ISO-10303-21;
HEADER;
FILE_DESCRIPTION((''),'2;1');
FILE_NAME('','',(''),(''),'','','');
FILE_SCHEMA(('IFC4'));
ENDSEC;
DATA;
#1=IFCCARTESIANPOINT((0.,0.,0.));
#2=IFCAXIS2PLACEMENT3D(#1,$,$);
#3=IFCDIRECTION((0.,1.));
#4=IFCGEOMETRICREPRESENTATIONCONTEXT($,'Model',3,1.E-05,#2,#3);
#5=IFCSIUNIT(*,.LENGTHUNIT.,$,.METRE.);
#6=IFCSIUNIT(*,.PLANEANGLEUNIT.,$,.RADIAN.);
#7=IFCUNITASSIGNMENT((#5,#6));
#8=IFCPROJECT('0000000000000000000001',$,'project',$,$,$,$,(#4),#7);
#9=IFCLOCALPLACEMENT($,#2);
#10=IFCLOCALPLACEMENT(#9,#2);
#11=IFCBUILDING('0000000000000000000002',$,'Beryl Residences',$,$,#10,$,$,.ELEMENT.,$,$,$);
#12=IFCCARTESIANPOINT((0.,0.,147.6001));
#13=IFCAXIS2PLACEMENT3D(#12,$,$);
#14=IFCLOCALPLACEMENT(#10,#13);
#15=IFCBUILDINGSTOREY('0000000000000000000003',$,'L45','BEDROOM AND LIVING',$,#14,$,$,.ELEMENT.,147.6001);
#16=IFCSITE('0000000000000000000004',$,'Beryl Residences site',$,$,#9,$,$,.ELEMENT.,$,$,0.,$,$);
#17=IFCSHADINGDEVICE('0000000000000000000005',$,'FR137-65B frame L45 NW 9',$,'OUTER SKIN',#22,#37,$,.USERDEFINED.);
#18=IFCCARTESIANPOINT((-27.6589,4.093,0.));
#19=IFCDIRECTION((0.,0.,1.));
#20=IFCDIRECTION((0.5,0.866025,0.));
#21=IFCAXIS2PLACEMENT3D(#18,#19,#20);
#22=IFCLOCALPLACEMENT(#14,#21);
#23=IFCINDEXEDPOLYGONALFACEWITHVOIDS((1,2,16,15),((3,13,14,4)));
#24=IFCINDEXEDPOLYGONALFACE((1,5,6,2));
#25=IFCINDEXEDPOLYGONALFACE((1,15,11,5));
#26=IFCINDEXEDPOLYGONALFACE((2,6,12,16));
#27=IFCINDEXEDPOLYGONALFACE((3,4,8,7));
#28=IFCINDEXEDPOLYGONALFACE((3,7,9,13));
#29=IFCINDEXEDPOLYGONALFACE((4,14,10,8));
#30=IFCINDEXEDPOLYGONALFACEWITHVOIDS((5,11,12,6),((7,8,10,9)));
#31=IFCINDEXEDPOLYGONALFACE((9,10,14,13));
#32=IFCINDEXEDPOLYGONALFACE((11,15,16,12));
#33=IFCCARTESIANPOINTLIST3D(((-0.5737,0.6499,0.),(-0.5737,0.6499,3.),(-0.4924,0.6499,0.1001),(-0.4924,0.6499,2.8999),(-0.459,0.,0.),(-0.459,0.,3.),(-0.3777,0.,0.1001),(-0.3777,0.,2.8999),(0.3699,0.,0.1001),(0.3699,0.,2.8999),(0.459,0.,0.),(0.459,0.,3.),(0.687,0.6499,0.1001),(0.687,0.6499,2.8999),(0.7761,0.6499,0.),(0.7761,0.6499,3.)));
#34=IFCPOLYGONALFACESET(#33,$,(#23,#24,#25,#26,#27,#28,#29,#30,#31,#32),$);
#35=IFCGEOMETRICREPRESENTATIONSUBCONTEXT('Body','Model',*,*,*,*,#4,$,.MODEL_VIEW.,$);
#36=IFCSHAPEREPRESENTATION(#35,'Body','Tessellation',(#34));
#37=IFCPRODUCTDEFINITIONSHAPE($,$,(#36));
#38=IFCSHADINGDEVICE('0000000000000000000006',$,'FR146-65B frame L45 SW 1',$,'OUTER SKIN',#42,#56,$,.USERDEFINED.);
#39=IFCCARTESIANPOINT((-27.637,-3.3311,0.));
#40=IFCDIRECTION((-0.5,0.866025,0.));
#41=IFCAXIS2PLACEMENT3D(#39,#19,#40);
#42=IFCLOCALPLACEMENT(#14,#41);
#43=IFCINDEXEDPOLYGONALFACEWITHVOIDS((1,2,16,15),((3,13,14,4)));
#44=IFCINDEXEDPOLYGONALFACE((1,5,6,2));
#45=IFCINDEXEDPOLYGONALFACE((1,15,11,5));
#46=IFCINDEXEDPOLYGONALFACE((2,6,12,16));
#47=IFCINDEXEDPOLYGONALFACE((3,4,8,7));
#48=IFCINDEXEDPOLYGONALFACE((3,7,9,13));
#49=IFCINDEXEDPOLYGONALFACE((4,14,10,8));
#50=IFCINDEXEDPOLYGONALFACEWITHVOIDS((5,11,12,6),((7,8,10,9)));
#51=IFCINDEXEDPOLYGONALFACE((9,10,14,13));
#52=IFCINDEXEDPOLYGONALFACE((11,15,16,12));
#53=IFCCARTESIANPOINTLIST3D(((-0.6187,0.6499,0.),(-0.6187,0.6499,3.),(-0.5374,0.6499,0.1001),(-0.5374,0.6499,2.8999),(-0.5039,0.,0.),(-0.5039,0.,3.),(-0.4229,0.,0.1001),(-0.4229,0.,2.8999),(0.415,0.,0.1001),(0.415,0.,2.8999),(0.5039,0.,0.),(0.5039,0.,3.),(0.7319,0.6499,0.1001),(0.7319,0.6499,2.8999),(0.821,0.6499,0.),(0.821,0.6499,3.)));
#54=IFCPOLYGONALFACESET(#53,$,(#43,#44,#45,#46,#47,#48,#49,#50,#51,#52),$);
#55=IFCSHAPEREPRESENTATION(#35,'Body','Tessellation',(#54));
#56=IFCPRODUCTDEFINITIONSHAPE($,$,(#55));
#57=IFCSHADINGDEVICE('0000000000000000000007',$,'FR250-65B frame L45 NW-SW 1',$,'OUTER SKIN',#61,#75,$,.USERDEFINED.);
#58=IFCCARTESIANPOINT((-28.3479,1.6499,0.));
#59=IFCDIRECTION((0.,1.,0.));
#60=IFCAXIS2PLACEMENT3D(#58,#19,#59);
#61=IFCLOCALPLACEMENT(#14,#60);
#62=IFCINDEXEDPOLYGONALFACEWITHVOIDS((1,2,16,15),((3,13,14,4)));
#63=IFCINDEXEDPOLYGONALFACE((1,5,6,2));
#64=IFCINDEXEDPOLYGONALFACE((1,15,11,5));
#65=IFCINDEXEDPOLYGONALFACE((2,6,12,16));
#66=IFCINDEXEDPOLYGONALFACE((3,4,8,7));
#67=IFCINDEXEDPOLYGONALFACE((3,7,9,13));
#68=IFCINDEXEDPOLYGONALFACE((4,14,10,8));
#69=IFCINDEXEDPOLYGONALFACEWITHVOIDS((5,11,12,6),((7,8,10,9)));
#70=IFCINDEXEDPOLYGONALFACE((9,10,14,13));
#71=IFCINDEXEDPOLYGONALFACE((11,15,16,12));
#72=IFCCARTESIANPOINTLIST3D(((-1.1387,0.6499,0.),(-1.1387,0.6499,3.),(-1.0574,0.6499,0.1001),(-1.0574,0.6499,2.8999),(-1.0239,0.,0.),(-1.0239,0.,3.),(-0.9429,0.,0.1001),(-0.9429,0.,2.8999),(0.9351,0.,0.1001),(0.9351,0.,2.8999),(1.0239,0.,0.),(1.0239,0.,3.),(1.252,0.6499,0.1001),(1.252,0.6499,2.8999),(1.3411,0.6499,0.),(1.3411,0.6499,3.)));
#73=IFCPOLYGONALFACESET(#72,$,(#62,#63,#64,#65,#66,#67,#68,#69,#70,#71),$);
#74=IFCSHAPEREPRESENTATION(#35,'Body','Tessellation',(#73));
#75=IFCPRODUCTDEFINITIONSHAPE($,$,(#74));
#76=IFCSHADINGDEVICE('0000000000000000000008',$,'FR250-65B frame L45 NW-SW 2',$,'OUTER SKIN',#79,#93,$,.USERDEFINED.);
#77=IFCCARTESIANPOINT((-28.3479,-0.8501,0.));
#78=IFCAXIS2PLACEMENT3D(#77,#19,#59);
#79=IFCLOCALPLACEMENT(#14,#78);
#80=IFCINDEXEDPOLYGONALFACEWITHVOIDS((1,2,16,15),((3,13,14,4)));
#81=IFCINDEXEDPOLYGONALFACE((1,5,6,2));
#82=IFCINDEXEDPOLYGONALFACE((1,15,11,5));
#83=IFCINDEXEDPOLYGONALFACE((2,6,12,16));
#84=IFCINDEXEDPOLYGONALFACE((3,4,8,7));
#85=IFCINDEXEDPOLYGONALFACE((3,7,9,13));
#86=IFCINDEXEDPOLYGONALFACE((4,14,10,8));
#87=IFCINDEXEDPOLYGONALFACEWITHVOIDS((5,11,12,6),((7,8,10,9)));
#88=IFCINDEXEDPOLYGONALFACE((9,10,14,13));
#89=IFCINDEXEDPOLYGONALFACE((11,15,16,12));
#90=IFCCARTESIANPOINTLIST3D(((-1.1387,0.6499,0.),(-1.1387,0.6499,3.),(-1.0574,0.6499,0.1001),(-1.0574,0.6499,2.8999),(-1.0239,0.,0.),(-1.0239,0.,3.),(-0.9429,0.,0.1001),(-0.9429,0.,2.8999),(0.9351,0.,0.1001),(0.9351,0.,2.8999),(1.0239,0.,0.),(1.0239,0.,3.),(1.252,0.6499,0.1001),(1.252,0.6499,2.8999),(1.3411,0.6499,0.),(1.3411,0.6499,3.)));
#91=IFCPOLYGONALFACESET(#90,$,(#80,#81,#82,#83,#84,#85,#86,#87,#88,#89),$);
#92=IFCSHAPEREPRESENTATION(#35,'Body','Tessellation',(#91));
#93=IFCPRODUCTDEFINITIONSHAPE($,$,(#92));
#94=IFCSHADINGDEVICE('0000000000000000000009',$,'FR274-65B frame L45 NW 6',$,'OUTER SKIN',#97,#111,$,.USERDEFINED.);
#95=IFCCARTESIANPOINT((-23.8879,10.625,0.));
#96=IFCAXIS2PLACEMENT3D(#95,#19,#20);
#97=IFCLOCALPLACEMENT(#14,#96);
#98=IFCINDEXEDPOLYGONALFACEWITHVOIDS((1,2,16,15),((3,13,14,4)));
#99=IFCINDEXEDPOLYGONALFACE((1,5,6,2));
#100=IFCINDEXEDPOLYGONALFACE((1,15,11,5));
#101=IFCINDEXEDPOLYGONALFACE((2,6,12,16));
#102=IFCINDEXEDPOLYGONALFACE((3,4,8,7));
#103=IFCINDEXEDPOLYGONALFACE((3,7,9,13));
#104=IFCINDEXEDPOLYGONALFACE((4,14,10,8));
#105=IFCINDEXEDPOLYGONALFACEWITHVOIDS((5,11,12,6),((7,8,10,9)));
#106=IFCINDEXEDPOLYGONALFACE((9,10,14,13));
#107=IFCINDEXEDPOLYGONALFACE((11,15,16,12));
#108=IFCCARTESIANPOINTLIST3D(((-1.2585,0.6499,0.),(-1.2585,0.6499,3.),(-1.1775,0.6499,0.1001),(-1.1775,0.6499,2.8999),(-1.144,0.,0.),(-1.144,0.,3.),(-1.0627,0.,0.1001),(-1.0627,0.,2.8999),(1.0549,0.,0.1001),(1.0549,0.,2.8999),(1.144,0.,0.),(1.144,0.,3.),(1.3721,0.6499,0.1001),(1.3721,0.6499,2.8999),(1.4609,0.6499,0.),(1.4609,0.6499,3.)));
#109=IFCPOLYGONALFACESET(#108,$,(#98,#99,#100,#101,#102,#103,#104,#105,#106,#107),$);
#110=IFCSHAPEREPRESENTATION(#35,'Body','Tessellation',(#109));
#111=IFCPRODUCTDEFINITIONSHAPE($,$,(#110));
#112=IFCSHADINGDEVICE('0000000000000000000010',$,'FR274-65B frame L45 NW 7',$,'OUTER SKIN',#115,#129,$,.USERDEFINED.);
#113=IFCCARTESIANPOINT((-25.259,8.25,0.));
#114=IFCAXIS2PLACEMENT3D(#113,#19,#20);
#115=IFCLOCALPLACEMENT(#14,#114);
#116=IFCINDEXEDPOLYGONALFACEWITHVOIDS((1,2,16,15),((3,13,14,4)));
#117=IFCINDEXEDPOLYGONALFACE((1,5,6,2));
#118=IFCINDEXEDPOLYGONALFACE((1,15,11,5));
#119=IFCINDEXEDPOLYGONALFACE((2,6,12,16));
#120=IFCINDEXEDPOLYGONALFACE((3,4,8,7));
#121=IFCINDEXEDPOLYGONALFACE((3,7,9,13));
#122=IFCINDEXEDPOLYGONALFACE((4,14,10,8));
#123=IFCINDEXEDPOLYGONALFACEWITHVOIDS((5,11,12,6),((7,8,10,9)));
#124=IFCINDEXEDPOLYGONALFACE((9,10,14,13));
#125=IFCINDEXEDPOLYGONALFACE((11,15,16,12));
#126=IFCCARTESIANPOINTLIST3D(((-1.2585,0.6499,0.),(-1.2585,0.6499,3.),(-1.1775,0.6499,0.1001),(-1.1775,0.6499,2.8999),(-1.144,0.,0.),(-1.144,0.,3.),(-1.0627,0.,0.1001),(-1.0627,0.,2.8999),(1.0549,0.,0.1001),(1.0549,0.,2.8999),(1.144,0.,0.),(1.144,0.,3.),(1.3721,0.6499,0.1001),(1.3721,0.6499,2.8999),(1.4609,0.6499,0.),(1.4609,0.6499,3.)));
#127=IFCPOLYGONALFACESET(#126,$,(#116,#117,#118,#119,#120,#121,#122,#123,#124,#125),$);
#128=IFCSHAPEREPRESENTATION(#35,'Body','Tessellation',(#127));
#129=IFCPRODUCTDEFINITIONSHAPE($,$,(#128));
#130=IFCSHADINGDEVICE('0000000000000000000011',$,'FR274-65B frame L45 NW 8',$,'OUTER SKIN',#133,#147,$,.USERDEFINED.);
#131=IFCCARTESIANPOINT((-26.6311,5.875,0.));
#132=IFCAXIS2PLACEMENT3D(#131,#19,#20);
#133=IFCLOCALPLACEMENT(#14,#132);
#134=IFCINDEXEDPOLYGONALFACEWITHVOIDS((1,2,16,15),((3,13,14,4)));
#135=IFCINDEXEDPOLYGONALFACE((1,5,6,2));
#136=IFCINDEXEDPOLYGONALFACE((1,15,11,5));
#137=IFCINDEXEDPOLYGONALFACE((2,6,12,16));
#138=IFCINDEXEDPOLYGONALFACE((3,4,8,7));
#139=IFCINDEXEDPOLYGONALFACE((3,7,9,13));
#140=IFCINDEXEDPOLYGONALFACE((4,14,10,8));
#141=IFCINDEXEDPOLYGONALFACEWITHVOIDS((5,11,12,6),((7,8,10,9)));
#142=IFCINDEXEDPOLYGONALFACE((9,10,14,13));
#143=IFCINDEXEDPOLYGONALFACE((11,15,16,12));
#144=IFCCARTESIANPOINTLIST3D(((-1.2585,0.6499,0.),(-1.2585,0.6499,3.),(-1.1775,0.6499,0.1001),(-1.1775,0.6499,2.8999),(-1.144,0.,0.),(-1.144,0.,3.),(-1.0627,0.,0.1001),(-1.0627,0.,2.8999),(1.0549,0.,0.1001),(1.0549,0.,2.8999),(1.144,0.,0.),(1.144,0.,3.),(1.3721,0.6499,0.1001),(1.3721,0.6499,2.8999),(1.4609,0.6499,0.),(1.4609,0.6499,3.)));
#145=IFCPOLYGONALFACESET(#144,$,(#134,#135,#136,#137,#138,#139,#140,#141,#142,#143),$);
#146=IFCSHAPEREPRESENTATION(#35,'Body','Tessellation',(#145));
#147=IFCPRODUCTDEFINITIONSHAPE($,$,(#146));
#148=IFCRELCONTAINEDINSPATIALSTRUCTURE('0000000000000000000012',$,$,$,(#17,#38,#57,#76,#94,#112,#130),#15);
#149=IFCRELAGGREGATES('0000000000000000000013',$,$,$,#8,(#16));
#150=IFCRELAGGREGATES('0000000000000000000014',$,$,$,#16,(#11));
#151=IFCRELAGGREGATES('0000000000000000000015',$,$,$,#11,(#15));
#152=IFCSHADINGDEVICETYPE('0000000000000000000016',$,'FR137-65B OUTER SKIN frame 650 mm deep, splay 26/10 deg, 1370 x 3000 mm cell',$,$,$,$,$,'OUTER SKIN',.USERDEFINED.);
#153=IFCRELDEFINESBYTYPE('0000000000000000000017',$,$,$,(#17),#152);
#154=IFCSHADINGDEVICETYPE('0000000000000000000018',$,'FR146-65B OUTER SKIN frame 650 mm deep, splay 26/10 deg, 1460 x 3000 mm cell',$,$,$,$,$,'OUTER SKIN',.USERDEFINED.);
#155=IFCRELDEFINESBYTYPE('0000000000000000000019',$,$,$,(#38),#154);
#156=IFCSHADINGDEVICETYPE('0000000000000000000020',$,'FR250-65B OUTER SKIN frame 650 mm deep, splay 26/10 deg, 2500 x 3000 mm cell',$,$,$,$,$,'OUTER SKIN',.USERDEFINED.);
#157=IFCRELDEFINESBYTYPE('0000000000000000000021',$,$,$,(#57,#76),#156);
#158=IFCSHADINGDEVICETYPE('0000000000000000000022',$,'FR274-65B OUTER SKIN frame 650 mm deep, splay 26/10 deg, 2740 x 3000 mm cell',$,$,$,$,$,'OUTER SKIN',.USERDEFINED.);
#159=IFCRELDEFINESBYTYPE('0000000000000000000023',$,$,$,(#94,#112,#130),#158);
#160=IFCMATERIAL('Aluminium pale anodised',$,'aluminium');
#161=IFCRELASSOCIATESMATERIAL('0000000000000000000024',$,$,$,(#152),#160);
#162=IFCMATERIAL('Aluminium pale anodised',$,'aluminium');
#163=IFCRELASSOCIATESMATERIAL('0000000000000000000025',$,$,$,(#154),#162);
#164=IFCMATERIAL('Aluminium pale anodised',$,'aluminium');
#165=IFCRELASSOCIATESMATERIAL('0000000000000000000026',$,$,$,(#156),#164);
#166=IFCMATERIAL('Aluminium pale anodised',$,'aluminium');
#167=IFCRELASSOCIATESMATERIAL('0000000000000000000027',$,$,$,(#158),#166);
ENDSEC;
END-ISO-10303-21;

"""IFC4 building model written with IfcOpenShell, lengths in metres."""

from ifc_helpers import new_model, entity, si_unit, direction, frame, origin, place, context, subcontext, project, spatial, source, transform, mapped, material, type_object, type_shapes, element, save


model = new_model("IFC4")

# Units and contexts
model_context = context("Model", 3, precision=1e-05, world=origin(), true_north=direction((0.0, 1.0)))
body_context = subcontext(model_context, "Body", "Model", "MODEL_VIEW")
ifc_project = project(units=[si_unit("LENGTHUNIT", "METRE"), si_unit("PLANEANGLEUNIT", "RADIAN")], contexts=[model_context])

# Site, building, storey
site_placement = place(None, origin())
site = spatial("IfcSite", under=ifc_project, at=site_placement, Name="Beryl Residences site", CompositionType="ELEMENT", RefElevation=0.0)
building_placement = place(site_placement, origin())
building = spatial("IfcBuilding", under=site, at=building_placement, Name="Beryl Residences", CompositionType="ELEMENT")
storey_placement = place(building_placement, frame((0.0, 0.0, 147.6001)))
storey = spatial("IfcBuildingStorey", under=building, at=storey_placement, Name="L45", Description="BEDROOM AND LIVING", CompositionType="ELEMENT", Elevation=147.6001)

# Shading devices
ifc_material_1 = material(Name="Aluminium pale anodised", Category="aluminium")
shading_device_type_1 = type_object("IfcShadingDeviceType", Name="FR137-65B OUTER SKIN frame 650 mm deep, splay 26/10 deg, 1370 x 3000 mm cell", ElementType="OUTER SKIN", PredefinedType="USERDEFINED", material=ifc_material_1)
cartesian_point_1 = entity("IfcCartesianPoint", [-0.459, 0.0])
cartesian_point_2 = entity("IfcCartesianPoint", [-0.3699, 0.1001])
cartesian_point_3 = entity("IfcCartesianPoint", [-0.7761, 0.0])
cartesian_point_4 = entity("IfcCartesianPoint", [-0.687, 0.1001])
shared_shape_1 = source(origin(), body_context, "Body", "SweptSolid", [
    entity("IfcExtrudedAreaSolidTapered", entity("IfcArbitraryProfileDefWithVoids", "AREA", None, entity("IfcPolyline", [cartesian_point_1, entity("IfcCartesianPoint", [0.459, 0.0]), entity("IfcCartesianPoint", [0.459, 3.0]), entity("IfcCartesianPoint", [-0.459, 3.0]), cartesian_point_1]), [entity("IfcPolyline", [cartesian_point_2, entity("IfcCartesianPoint", [0.3777, 0.1001]), entity("IfcCartesianPoint", [0.3777, 2.8999]), entity("IfcCartesianPoint", [-0.3699, 2.8999]), cartesian_point_2])]), entity("IfcAxis2Placement3D", entity("IfcCartesianPoint", [0.0, 0.0, 0.0]), entity("IfcDirection", [0.0, 1.0, 0.0]), entity("IfcDirection", [-1.0, 0.0, 0.0])), entity("IfcDirection", [0.0, 0.0, 1.0]), 0.6499, entity("IfcArbitraryProfileDefWithVoids", "AREA", None, entity("IfcPolyline", [cartesian_point_3, entity("IfcCartesianPoint", [0.5737, 0.0]), entity("IfcCartesianPoint", [0.5737, 3.0]), entity("IfcCartesianPoint", [-0.7761, 3.0]), cartesian_point_3]), [entity("IfcPolyline", [cartesian_point_4, entity("IfcCartesianPoint", [0.4924, 0.1001]), entity("IfcCartesianPoint", [0.4924, 2.8999]), entity("IfcCartesianPoint", [-0.687, 2.8999]), cartesian_point_4])])),
])
type_shapes(shading_device_type_1, [shared_shape_1])
shading_device_1_placement = place(storey_placement, frame((-27.6589, 4.093, 0.0), z_axis=(0.0, 0.0, 1.0), x_axis=(0.5, 0.866025, 0.0)))
element("IfcShadingDevice", 1, at=shading_device_1_placement, inside=storey, type_object=shading_device_type_1, Name="FR137-65B frame L45 NW 9", ObjectType="OUTER SKIN", PredefinedType="USERDEFINED", context=body_context, shape_type="MappedRepresentation", body=[
    mapped(shared_shape_1, transform((0.0, 0.0, 0.0))),
])
ifc_material_2 = material(Name="Aluminium pale anodised", Category="aluminium")
shading_device_type_2 = type_object("IfcShadingDeviceType", Name="FR146-65B OUTER SKIN frame 650 mm deep, splay 26/10 deg, 1460 x 3000 mm cell", ElementType="OUTER SKIN", PredefinedType="USERDEFINED", material=ifc_material_2)
cartesian_point_5 = entity("IfcCartesianPoint", [-0.5039, 0.0])
cartesian_point_6 = entity("IfcCartesianPoint", [-0.415, 0.1001])
cartesian_point_7 = entity("IfcCartesianPoint", [-0.821, 0.0])
cartesian_point_8 = entity("IfcCartesianPoint", [-0.7319, 0.1001])
shared_shape_2 = source(origin(), body_context, "Body", "SweptSolid", [
    entity("IfcExtrudedAreaSolidTapered", entity("IfcArbitraryProfileDefWithVoids", "AREA", None, entity("IfcPolyline", [cartesian_point_5, entity("IfcCartesianPoint", [0.5039, 0.0]), entity("IfcCartesianPoint", [0.5039, 3.0]), entity("IfcCartesianPoint", [-0.5039, 3.0]), cartesian_point_5]), [entity("IfcPolyline", [cartesian_point_6, entity("IfcCartesianPoint", [0.4229, 0.1001]), entity("IfcCartesianPoint", [0.4229, 2.8999]), entity("IfcCartesianPoint", [-0.415, 2.8999]), cartesian_point_6])]), entity("IfcAxis2Placement3D", entity("IfcCartesianPoint", [0.0, 0.0, 0.0]), entity("IfcDirection", [0.0, 1.0, 0.0]), entity("IfcDirection", [-1.0, 0.0, 0.0])), entity("IfcDirection", [0.0, 0.0, 1.0]), 0.6499, entity("IfcArbitraryProfileDefWithVoids", "AREA", None, entity("IfcPolyline", [cartesian_point_7, entity("IfcCartesianPoint", [0.6187, 0.0]), entity("IfcCartesianPoint", [0.6187, 3.0]), entity("IfcCartesianPoint", [-0.821, 3.0]), cartesian_point_7]), [entity("IfcPolyline", [cartesian_point_8, entity("IfcCartesianPoint", [0.5374, 0.1001]), entity("IfcCartesianPoint", [0.5374, 2.8999]), entity("IfcCartesianPoint", [-0.7319, 2.8999]), cartesian_point_8])])),
])
type_shapes(shading_device_type_2, [shared_shape_2])
shading_device_2_placement = place(storey_placement, frame((-27.637, -3.3311, 0.0), z_axis=(0.0, 0.0, 1.0), x_axis=(-0.5, 0.866025, 0.0)))
element("IfcShadingDevice", 2, at=shading_device_2_placement, inside=storey, type_object=shading_device_type_2, Name="FR146-65B frame L45 SW 1", ObjectType="OUTER SKIN", PredefinedType="USERDEFINED", context=body_context, shape_type="MappedRepresentation", body=[
    mapped(shared_shape_2, transform((0.0, 0.0, 0.0))),
])
ifc_material_3 = material(Name="Aluminium pale anodised", Category="aluminium")
shading_device_type_3 = type_object("IfcShadingDeviceType", Name="FR250-65B OUTER SKIN frame 650 mm deep, splay 26/10 deg, 2500 x 3000 mm cell", ElementType="OUTER SKIN", PredefinedType="USERDEFINED", material=ifc_material_3)
cartesian_point_9 = entity("IfcCartesianPoint", [-1.0239, 0.0])
cartesian_point_10 = entity("IfcCartesianPoint", [-0.9351, 0.1001])
cartesian_point_11 = entity("IfcCartesianPoint", [-1.3411, 0.0])
cartesian_point_12 = entity("IfcCartesianPoint", [-1.252, 0.1001])
shared_shape_3 = source(origin(), body_context, "Body", "SweptSolid", [
    entity("IfcExtrudedAreaSolidTapered", entity("IfcArbitraryProfileDefWithVoids", "AREA", None, entity("IfcPolyline", [cartesian_point_9, entity("IfcCartesianPoint", [1.0239, 0.0]), entity("IfcCartesianPoint", [1.0239, 3.0]), entity("IfcCartesianPoint", [-1.0239, 3.0]), cartesian_point_9]), [entity("IfcPolyline", [cartesian_point_10, entity("IfcCartesianPoint", [0.9429, 0.1001]), entity("IfcCartesianPoint", [0.9429, 2.8999]), entity("IfcCartesianPoint", [-0.9351, 2.8999]), cartesian_point_10])]), entity("IfcAxis2Placement3D", entity("IfcCartesianPoint", [0.0, 0.0, 0.0]), entity("IfcDirection", [0.0, 1.0, 0.0]), entity("IfcDirection", [-1.0, 0.0, 0.0])), entity("IfcDirection", [0.0, 0.0, 1.0]), 0.6499, entity("IfcArbitraryProfileDefWithVoids", "AREA", None, entity("IfcPolyline", [cartesian_point_11, entity("IfcCartesianPoint", [1.1387, 0.0]), entity("IfcCartesianPoint", [1.1387, 3.0]), entity("IfcCartesianPoint", [-1.3411, 3.0]), cartesian_point_11]), [entity("IfcPolyline", [cartesian_point_12, entity("IfcCartesianPoint", [1.0574, 0.1001]), entity("IfcCartesianPoint", [1.0574, 2.8999]), entity("IfcCartesianPoint", [-1.252, 2.8999]), cartesian_point_12])])),
])
type_shapes(shading_device_type_3, [shared_shape_3])
for number, where, z_axis, x_axis, name in (
    (3, (-28.3479, 1.6499, 0.0), (0.0, 0.0, 1.0), (0.0, 1.0, 0.0), "FR250-65B frame L45 NW-SW 1"),
    (4, (-28.3479, -0.8501, 0.0), (0.0, 0.0, 1.0), (0.0, 1.0, 0.0), "FR250-65B frame L45 NW-SW 2"),
):
    element("IfcShadingDevice", number, at=place(storey_placement, frame(where, z_axis=z_axis, x_axis=x_axis)), inside=storey, type_object=shading_device_type_3, Name=name, ObjectType="OUTER SKIN", PredefinedType="USERDEFINED", context=body_context, shape_type="MappedRepresentation", body=[
        mapped(shared_shape_3, transform((0.0, 0.0, 0.0))),
    ])
ifc_material_4 = material(Name="Aluminium pale anodised", Category="aluminium")
shading_device_type_4 = type_object("IfcShadingDeviceType", Name="FR274-65B OUTER SKIN frame 650 mm deep, splay 26/10 deg, 2740 x 3000 mm cell", ElementType="OUTER SKIN", PredefinedType="USERDEFINED", material=ifc_material_4)
cartesian_point_13 = entity("IfcCartesianPoint", [-1.144, 0.0])
cartesian_point_14 = entity("IfcCartesianPoint", [-1.0549, 0.1001])
cartesian_point_15 = entity("IfcCartesianPoint", [-1.4609, 0.0])
cartesian_point_16 = entity("IfcCartesianPoint", [-1.3721, 0.1001])
shared_shape_4 = source(origin(), body_context, "Body", "SweptSolid", [
    entity("IfcExtrudedAreaSolidTapered", entity("IfcArbitraryProfileDefWithVoids", "AREA", None, entity("IfcPolyline", [cartesian_point_13, entity("IfcCartesianPoint", [1.144, 0.0]), entity("IfcCartesianPoint", [1.144, 3.0]), entity("IfcCartesianPoint", [-1.144, 3.0]), cartesian_point_13]), [entity("IfcPolyline", [cartesian_point_14, entity("IfcCartesianPoint", [1.0627, 0.1001]), entity("IfcCartesianPoint", [1.0627, 2.8999]), entity("IfcCartesianPoint", [-1.0549, 2.8999]), cartesian_point_14])]), entity("IfcAxis2Placement3D", entity("IfcCartesianPoint", [0.0, 0.0, 0.0]), entity("IfcDirection", [0.0, 1.0, 0.0]), entity("IfcDirection", [-1.0, 0.0, 0.0])), entity("IfcDirection", [0.0, 0.0, 1.0]), 0.6499, entity("IfcArbitraryProfileDefWithVoids", "AREA", None, entity("IfcPolyline", [cartesian_point_15, entity("IfcCartesianPoint", [1.2585, 0.0]), entity("IfcCartesianPoint", [1.2585, 3.0]), entity("IfcCartesianPoint", [-1.4609, 3.0]), cartesian_point_15]), [entity("IfcPolyline", [cartesian_point_16, entity("IfcCartesianPoint", [1.1775, 0.1001]), entity("IfcCartesianPoint", [1.1775, 2.8999]), entity("IfcCartesianPoint", [-1.3721, 2.8999]), cartesian_point_16])])),
])
type_shapes(shading_device_type_4, [shared_shape_4])
for number, where, z_axis, x_axis, name in (
    (5, (-23.8879, 10.625, 0.0), (0.0, 0.0, 1.0), (0.5, 0.866025, 0.0), "FR274-65B frame L45 NW 6"),
    (6, (-25.259, 8.25, 0.0), (0.0, 0.0, 1.0), (0.5, 0.866025, 0.0), "FR274-65B frame L45 NW 7"),
    (7, (-26.6311, 5.875, 0.0), (0.0, 0.0, 1.0), (0.5, 0.866025, 0.0), "FR274-65B frame L45 NW 8"),
):
    element("IfcShadingDevice", number, at=place(storey_placement, frame(where, z_axis=z_axis, x_axis=x_axis)), inside=storey, type_object=shading_device_type_4, Name=name, ObjectType="OUTER SKIN", PredefinedType="USERDEFINED", context=body_context, shape_type="MappedRepresentation", body=[
        mapped(shared_shape_4, transform((0.0, 0.0, 0.0))),
    ])

save(model, "model.ifc")
